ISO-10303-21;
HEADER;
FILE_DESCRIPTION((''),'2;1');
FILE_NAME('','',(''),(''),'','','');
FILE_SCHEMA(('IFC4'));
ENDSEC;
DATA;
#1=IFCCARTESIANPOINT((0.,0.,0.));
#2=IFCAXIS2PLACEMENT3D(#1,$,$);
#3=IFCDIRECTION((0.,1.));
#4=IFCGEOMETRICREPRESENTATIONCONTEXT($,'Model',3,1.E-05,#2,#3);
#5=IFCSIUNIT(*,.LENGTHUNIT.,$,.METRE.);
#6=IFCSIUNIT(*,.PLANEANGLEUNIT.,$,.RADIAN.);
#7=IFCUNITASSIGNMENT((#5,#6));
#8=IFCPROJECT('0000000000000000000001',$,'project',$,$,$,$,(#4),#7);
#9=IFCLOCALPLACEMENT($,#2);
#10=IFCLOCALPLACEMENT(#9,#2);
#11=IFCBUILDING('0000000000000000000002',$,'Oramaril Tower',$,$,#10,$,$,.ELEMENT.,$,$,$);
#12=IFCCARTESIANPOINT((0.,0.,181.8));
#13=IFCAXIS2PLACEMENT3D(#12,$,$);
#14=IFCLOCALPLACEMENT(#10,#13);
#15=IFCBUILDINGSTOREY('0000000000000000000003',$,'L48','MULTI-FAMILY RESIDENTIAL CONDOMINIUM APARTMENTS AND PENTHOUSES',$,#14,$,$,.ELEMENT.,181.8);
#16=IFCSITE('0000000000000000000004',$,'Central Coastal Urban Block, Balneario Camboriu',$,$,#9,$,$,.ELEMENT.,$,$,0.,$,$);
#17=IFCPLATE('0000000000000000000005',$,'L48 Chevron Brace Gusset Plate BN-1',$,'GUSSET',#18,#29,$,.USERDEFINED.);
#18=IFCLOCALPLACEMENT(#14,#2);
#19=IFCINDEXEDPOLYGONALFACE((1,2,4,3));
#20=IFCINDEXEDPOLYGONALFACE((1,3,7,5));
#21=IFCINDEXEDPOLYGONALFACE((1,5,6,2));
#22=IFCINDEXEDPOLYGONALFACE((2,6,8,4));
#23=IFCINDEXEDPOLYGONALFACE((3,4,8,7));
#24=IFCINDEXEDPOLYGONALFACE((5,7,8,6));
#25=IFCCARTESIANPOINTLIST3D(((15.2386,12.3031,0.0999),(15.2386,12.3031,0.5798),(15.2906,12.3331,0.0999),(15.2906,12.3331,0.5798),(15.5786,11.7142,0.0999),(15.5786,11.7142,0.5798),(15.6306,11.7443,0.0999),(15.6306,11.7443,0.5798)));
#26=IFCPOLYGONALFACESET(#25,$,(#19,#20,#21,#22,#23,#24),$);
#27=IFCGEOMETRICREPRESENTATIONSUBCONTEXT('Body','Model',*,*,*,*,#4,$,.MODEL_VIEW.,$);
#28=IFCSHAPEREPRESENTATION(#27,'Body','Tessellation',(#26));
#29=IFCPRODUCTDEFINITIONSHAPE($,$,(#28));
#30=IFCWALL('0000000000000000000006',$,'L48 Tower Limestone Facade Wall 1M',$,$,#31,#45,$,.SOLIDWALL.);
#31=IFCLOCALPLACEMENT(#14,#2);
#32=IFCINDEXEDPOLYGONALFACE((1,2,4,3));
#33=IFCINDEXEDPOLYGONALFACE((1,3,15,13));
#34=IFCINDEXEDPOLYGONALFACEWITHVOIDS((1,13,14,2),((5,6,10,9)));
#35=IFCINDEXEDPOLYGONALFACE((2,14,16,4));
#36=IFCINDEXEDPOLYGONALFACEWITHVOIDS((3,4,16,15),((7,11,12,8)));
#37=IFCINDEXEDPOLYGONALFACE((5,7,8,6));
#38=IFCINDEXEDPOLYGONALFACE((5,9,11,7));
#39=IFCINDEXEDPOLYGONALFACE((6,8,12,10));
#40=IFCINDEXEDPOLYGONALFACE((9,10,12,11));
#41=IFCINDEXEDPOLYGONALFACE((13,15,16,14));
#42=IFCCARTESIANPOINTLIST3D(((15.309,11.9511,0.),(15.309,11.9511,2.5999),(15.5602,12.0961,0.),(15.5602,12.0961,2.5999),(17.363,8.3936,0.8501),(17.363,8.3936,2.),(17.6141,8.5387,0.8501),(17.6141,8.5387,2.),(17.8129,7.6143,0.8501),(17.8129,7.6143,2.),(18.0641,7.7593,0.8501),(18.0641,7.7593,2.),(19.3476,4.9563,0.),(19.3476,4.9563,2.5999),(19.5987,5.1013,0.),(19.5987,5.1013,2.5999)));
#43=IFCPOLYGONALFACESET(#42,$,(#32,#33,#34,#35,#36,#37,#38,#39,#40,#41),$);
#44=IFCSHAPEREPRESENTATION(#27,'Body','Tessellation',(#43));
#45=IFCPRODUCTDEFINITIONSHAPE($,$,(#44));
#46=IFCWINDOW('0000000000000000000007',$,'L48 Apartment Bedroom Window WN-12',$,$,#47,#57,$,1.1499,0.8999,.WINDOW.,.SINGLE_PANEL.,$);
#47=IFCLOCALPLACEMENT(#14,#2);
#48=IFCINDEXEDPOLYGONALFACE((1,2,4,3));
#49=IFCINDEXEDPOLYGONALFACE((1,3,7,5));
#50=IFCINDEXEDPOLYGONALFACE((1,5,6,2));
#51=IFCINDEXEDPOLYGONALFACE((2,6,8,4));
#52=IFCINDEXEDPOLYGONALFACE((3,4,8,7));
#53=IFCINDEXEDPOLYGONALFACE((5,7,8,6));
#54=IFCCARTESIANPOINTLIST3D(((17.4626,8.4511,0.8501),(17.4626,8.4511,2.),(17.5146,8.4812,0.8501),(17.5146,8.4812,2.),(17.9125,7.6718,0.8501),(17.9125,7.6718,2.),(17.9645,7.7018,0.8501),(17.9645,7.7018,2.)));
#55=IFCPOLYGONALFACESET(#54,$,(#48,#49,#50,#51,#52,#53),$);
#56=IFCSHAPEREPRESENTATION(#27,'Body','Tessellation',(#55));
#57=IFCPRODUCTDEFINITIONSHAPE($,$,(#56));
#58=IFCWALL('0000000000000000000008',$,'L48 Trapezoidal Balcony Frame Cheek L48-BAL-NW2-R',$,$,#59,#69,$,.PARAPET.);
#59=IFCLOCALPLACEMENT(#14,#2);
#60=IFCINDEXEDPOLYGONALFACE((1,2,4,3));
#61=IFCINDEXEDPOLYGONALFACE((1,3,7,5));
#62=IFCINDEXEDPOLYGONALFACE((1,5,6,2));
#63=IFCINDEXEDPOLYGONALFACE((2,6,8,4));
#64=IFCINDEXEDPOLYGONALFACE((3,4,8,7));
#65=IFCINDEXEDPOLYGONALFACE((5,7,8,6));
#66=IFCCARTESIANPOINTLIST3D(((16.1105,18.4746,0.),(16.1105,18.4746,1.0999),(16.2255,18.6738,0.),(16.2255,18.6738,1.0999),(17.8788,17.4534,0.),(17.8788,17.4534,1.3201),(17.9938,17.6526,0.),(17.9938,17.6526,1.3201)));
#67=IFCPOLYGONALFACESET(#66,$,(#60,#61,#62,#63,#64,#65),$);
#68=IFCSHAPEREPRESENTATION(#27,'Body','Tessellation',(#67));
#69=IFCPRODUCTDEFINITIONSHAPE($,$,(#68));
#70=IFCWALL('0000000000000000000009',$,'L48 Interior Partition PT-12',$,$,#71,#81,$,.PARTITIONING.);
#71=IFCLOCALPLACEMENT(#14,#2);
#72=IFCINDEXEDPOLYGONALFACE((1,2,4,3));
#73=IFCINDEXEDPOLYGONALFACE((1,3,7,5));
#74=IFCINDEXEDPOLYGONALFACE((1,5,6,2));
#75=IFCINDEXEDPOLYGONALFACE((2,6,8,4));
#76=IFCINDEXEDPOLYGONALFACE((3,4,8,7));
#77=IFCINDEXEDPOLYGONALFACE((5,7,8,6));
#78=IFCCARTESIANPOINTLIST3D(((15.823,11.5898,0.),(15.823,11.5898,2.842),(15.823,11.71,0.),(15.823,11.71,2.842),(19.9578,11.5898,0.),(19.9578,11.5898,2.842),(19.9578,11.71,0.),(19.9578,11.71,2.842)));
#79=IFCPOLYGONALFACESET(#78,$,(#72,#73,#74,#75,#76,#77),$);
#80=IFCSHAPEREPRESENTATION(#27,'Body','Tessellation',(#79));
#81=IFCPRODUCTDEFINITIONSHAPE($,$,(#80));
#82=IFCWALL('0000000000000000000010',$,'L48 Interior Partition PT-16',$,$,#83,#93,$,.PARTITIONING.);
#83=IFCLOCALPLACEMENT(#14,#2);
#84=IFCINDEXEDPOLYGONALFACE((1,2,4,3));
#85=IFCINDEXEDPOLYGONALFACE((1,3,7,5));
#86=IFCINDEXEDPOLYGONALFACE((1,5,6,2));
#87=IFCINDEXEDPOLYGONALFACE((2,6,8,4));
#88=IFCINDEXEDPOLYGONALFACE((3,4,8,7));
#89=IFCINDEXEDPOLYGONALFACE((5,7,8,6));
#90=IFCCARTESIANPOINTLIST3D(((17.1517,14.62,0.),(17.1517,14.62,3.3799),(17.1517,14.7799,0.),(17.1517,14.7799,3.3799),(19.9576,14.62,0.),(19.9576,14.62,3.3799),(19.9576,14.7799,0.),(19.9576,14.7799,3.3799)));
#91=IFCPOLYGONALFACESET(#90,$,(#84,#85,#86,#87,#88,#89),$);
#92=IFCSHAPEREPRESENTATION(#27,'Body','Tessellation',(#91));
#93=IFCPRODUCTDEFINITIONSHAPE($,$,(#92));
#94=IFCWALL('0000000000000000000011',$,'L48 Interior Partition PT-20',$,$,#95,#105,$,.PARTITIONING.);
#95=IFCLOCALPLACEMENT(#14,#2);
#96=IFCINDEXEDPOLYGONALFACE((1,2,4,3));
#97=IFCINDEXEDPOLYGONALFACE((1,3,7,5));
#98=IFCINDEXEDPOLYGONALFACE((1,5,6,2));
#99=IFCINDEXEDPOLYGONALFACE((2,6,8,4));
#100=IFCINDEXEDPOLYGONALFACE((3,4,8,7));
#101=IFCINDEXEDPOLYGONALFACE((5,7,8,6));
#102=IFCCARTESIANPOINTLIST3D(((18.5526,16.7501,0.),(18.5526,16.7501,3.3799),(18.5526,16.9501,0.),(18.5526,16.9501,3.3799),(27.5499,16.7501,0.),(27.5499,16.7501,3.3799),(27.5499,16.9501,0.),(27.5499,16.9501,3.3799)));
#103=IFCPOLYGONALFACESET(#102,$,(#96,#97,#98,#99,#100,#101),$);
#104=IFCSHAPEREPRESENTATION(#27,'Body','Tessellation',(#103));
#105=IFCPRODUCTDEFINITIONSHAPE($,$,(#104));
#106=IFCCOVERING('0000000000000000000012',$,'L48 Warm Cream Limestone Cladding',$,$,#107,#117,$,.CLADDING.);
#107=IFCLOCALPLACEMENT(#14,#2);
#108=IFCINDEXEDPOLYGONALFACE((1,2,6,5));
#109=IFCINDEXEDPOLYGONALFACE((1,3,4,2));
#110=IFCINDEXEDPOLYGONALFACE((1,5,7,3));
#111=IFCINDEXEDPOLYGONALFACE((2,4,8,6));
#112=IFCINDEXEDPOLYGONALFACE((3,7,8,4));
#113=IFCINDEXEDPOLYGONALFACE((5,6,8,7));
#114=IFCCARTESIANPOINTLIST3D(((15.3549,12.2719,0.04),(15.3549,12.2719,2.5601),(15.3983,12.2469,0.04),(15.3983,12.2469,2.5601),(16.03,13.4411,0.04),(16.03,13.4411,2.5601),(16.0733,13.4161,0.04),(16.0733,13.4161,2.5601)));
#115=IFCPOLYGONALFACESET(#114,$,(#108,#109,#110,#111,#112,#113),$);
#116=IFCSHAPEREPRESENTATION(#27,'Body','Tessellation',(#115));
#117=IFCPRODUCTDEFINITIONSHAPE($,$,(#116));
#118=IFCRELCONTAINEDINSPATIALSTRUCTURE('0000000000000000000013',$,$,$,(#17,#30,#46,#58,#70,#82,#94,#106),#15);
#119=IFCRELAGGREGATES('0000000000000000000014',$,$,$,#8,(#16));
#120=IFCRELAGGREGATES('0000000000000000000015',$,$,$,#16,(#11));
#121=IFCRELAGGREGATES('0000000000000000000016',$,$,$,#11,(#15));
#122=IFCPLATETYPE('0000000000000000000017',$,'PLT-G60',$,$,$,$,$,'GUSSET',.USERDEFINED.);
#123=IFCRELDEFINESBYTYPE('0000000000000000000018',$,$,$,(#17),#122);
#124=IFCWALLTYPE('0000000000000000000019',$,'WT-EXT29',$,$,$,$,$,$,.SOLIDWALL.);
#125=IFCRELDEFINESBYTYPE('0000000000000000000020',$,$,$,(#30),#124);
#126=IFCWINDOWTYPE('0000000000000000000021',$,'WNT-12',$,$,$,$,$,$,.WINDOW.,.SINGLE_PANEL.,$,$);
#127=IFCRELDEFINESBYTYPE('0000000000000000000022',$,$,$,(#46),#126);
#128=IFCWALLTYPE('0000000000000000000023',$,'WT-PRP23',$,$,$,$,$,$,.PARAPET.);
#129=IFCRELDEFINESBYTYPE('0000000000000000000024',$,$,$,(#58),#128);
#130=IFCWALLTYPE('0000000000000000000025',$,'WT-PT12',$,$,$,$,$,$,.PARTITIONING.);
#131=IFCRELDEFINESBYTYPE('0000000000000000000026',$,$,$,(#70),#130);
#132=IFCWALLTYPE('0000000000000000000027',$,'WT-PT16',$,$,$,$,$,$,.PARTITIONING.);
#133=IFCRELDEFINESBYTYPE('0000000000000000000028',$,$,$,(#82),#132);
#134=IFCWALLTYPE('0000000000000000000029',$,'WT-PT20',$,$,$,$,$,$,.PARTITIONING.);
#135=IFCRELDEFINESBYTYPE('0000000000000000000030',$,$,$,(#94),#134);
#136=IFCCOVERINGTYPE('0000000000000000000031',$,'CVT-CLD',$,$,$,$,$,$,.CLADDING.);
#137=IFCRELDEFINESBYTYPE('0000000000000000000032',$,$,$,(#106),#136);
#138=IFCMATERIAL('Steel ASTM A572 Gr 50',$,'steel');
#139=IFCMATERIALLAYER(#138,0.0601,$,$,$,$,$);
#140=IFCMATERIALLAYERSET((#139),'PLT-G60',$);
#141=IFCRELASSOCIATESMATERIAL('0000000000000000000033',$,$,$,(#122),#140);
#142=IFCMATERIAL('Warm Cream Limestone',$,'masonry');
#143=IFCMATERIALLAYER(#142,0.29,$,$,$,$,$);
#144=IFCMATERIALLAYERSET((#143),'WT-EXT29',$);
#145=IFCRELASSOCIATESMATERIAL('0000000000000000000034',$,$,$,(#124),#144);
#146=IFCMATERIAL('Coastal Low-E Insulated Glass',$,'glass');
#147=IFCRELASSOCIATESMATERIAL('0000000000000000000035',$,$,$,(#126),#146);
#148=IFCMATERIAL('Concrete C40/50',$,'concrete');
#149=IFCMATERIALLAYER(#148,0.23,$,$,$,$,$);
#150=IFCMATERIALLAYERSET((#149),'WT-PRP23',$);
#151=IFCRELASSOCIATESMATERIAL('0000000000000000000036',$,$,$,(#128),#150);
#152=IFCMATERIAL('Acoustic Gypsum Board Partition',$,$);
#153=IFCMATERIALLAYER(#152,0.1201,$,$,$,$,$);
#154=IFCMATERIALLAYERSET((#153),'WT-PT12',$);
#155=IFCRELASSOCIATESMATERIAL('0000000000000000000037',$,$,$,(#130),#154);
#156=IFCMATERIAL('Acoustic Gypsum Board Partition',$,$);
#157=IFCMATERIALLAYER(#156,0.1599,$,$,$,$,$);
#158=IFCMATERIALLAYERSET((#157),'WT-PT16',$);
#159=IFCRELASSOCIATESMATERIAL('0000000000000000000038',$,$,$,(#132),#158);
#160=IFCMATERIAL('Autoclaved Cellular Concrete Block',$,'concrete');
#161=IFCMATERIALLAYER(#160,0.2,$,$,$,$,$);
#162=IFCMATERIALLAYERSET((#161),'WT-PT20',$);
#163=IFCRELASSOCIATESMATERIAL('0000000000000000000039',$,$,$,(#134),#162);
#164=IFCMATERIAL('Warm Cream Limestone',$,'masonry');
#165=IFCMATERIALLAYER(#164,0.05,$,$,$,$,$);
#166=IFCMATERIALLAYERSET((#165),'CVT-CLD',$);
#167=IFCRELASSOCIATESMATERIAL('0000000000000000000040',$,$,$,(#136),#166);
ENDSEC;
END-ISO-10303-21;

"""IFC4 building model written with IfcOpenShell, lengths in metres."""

from ifc_helpers import new_model, si_unit, direction, frame, frame_2d, origin, origin_2d, place, context, subcontext, project, spatial, polyline, rectangle, outline, extrude, material, layer, layer_set, type_object, element, fill, save


model = new_model("IFC4")

# Units and contexts
model_context = context("Model", 3, precision=1e-05, world=origin(), true_north=direction((0.0, 1.0)))
body_context = subcontext(model_context, "Body", "Model", "MODEL_VIEW")
ifc_project = project(units=[si_unit("LENGTHUNIT", "METRE"), si_unit("PLANEANGLEUNIT", "RADIAN")], contexts=[model_context])

# Site, building, storey
site_placement = place(None, origin())
site = spatial("IfcSite", under=ifc_project, at=site_placement, Name="Central Coastal Urban Block, Balneario Camboriu", CompositionType="ELEMENT", RefElevation=0.0)
building_placement = place(site_placement, origin())
building = spatial("IfcBuilding", under=site, at=building_placement, Name="Oramaril Tower", CompositionType="ELEMENT")
storey_placement = place(building_placement, frame((0.0, 0.0, 181.8)))
storey = spatial("IfcBuildingStorey", under=building, at=storey_placement, Name="L48", Description="MULTI-FAMILY RESIDENTIAL CONDOMINIUM APARTMENTS AND PENTHOUSES", CompositionType="ELEMENT", Elevation=181.8)

# Plate
ifc_material_1 = material(Name="Steel ASTM A572 Gr 50", Category="steel")
ifc_layer_1 = layer(ifc_material_1, 0.0601)
ifc_layer_set_1 = layer_set([ifc_layer_1], Name="PLT-G60")
plate_type = type_object("IfcPlateType", Name="PLT-G60", ElementType="GUSSET", PredefinedType="USERDEFINED", material=ifc_layer_set_1)
plate_placement = place(storey_placement, frame((15.4346, 12.0237, 0.0999), z_axis=(0.0, 0.0, 1.0), x_axis=(0.500009, -0.86602, 0.0)))
element("IfcPlate", 1, at=plate_placement, inside=storey, type_object=plate_type, Name="L48 Chevron Brace Gusset Plate BN-1", ObjectType="GUSSET", PredefinedType="USERDEFINED", context=body_context, shape_type="SweptSolid", body=[
    extrude(rectangle(XDim=0.6799, YDim=0.0601, at=origin_2d()), origin(), (0.0, 0.0, 1.0), 0.48),
])

# Wall, opening, window
ifc_material_2 = material(Name="Warm Cream Limestone", Category="masonry")
ifc_layer_2 = layer(ifc_material_2, 0.29)
ifc_layer_set_2 = layer_set([ifc_layer_2], Name="WT-EXT29")
wall_type_1 = type_object("IfcWallType", Name="WT-EXT29", PredefinedType="SOLIDWALL", material=ifc_layer_set_2)
wall_1_placement = place(storey_placement, frame((15.4346, 12.0237, 0.0), z_axis=(0.0, 0.0, 1.0), x_axis=(0.500008, -0.866021, 0.0)))
wall_1 = element("IfcWall", 2, at=wall_1_placement, inside=storey, type_object=wall_type_1, Name="L48 Tower Limestone Facade Wall 1M", PredefinedType="SOLIDWALL", context=body_context, shape_type="SweptSolid", body=[
    extrude(rectangle(XDim=8.0769, YDim=0.29, at=frame_2d((4.0386, 0.0))), origin(), (0.0, 0.0, 1.0), 2.5999),
])
opening_placement = place(wall_1_placement, frame((4.1079, 0.0, 0.8501)))
opening = element("IfcOpeningElement", 3, at=opening_placement, cuts=wall_1, PredefinedType="OPENING", context=body_context, shape_type="SweptSolid", body=[
    extrude(rectangle(XDim=0.8999, YDim=1.1499, at=frame_2d((0.45, 0.575))), frame((0.0, 0.145, 0.0), z_axis=(0.0, -1.0, 0.0), x_axis=(1.0, 0.0, 0.0)), (0.0, 0.0, 1.0), 0.29),
])
ifc_material_3 = material(Name="Coastal Low-E Insulated Glass", Category="glass")
window_type = type_object("IfcWindowType", Name="WNT-12", PartitioningType="SINGLE_PANEL", PredefinedType="WINDOW", material=ifc_material_3)
window_placement = place(opening_placement, origin())
window = element("IfcWindow", 4, at=window_placement, inside=storey, type_object=window_type, Name="L48 Apartment Bedroom Window WN-12", OverallHeight=1.1499, OverallWidth=0.8999, PartitioningType="SINGLE_PANEL", PredefinedType="WINDOW", context=body_context, shape_type="SweptSolid", body=[
    extrude(rectangle(XDim=0.8999, YDim=1.1499, at=frame_2d((0.45, 0.575))), frame((0.0, 0.03, 0.0), z_axis=(0.0, -1.0, 0.0), x_axis=(1.0, 0.0, 0.0)), (0.0, 0.0, 1.0), 0.0601),
])
fill(opening, window)

# Walls
ifc_material_4 = material(Name="Concrete C40/50", Category="concrete")
ifc_layer_3 = layer(ifc_material_4, 0.23)
ifc_layer_set_3 = layer_set([ifc_layer_3], Name="WT-PRP23")
wall_type_2 = type_object("IfcWallType", Name="WT-PRP23", PredefinedType="PARAPET", material=ifc_layer_set_3)
wall_2_placement = place(storey_placement, frame((17.9363, 17.553, 0.0), z_axis=(0.0, 0.0, 1.0), x_axis=(-0.865961, 0.500112, 0.0)))
element("IfcWall", 5, at=wall_2_placement, inside=storey, type_object=wall_type_2, Name="L48 Trapezoidal Balcony Frame Cheek L48-BAL-NW2-R", PredefinedType="PARAPET", context=body_context, shape_type="SweptSolid", body=[
    extrude(outline(polyline([(0.0, 0.0), (2.042, 0.0), (2.042, 1.0999), (0.0, 1.3201), (0.0, 0.0)])), frame((0.0, 0.115, 0.0), z_axis=(0.0, -1.0, 0.0), x_axis=(1.0, 0.0, 0.0)), (0.0, 0.0, 1.0), 0.23),
])
ifc_material_5 = material(Name="Acoustic Gypsum Board Partition")
ifc_layer_4 = layer(ifc_material_5, 0.1201)
ifc_layer_set_4 = layer_set([ifc_layer_4], Name="WT-PT12")
wall_type_3 = type_object("IfcWallType", Name="WT-PT12", PredefinedType="PARTITIONING", material=ifc_layer_set_4)
wall_3_placement = place(storey_placement, frame((15.823, 11.6499, 0.0), z_axis=(0.0, 0.0, 1.0), x_axis=(1.0, 0.0, 0.0)))
element("IfcWall", 6, at=wall_3_placement, inside=storey, type_object=wall_type_3, Name="L48 Interior Partition PT-12", PredefinedType="PARTITIONING", context=body_context, shape_type="SweptSolid", body=[
    extrude(rectangle(XDim=4.1348, YDim=0.1201, at=frame_2d((2.0674, 0.0))), origin(), (0.0, 0.0, 1.0), 2.842),
])
ifc_material_6 = material(Name="Acoustic Gypsum Board Partition")
ifc_layer_5 = layer(ifc_material_6, 0.1599)
ifc_layer_set_5 = layer_set([ifc_layer_5], Name="WT-PT16")
wall_type_4 = type_object("IfcWallType", Name="WT-PT16", PredefinedType="PARTITIONING", material=ifc_layer_set_5)
wall_4_placement = place(storey_placement, frame((17.1519, 14.7, 0.0), z_axis=(0.0, 0.0, 1.0), x_axis=(1.0, 0.0, 0.0)))
element("IfcWall", 7, at=wall_4_placement, inside=storey, type_object=wall_type_4, Name="L48 Interior Partition PT-16", PredefinedType="PARTITIONING", context=body_context, shape_type="SweptSolid", body=[
    extrude(rectangle(XDim=2.8059, YDim=0.1599, at=frame_2d((1.4028, 0.0))), origin(), (0.0, 0.0, 1.0), 3.3799),
])
ifc_material_7 = material(Name="Autoclaved Cellular Concrete Block", Category="concrete")
ifc_layer_6 = layer(ifc_material_7, 0.2)
ifc_layer_set_6 = layer_set([ifc_layer_6], Name="WT-PT20")
wall_type_5 = type_object("IfcWallType", Name="WT-PT20", PredefinedType="PARTITIONING", material=ifc_layer_set_6)
wall_5_placement = place(storey_placement, frame((18.5527, 16.8501, 0.0), z_axis=(0.0, 0.0, 1.0), x_axis=(1.0, 0.0, 0.0)))
element("IfcWall", 8, at=wall_5_placement, inside=storey, type_object=wall_type_5, Name="L48 Interior Partition PT-20", PredefinedType="PARTITIONING", context=body_context, shape_type="SweptSolid", body=[
    extrude(rectangle(XDim=8.9973, YDim=0.2, at=frame_2d((4.4985, 0.0))), origin(), (0.0, 0.0, 1.0), 3.3799),
])

# Covering
ifc_material_8 = material(Name="Warm Cream Limestone", Category="masonry")
ifc_layer_7 = layer(ifc_material_8, 0.05)
ifc_layer_set_7 = layer_set([ifc_layer_7], Name="CVT-CLD")
covering_type = type_object("IfcCoveringType", Name="CVT-CLD", PredefinedType="CLADDING", material=ifc_layer_set_7)
covering_placement = place(storey_placement, frame((15.7141, 12.844, 0.04), z_axis=(0.0, 0.0, 1.0), x_axis=(-0.5, -0.866025, 0.0)))
element("IfcCovering", 9, at=covering_placement, inside=storey, type_object=covering_type, Name="L48 Warm Cream Limestone Cladding", PredefinedType="CLADDING", context=body_context, shape_type="SweptSolid", body=[
    extrude(rectangle(XDim=1.3501, YDim=0.05, at=origin_2d()), origin(), (0.0, 0.0, 1.0), 2.52),
])

save(model, "model.ifc")
